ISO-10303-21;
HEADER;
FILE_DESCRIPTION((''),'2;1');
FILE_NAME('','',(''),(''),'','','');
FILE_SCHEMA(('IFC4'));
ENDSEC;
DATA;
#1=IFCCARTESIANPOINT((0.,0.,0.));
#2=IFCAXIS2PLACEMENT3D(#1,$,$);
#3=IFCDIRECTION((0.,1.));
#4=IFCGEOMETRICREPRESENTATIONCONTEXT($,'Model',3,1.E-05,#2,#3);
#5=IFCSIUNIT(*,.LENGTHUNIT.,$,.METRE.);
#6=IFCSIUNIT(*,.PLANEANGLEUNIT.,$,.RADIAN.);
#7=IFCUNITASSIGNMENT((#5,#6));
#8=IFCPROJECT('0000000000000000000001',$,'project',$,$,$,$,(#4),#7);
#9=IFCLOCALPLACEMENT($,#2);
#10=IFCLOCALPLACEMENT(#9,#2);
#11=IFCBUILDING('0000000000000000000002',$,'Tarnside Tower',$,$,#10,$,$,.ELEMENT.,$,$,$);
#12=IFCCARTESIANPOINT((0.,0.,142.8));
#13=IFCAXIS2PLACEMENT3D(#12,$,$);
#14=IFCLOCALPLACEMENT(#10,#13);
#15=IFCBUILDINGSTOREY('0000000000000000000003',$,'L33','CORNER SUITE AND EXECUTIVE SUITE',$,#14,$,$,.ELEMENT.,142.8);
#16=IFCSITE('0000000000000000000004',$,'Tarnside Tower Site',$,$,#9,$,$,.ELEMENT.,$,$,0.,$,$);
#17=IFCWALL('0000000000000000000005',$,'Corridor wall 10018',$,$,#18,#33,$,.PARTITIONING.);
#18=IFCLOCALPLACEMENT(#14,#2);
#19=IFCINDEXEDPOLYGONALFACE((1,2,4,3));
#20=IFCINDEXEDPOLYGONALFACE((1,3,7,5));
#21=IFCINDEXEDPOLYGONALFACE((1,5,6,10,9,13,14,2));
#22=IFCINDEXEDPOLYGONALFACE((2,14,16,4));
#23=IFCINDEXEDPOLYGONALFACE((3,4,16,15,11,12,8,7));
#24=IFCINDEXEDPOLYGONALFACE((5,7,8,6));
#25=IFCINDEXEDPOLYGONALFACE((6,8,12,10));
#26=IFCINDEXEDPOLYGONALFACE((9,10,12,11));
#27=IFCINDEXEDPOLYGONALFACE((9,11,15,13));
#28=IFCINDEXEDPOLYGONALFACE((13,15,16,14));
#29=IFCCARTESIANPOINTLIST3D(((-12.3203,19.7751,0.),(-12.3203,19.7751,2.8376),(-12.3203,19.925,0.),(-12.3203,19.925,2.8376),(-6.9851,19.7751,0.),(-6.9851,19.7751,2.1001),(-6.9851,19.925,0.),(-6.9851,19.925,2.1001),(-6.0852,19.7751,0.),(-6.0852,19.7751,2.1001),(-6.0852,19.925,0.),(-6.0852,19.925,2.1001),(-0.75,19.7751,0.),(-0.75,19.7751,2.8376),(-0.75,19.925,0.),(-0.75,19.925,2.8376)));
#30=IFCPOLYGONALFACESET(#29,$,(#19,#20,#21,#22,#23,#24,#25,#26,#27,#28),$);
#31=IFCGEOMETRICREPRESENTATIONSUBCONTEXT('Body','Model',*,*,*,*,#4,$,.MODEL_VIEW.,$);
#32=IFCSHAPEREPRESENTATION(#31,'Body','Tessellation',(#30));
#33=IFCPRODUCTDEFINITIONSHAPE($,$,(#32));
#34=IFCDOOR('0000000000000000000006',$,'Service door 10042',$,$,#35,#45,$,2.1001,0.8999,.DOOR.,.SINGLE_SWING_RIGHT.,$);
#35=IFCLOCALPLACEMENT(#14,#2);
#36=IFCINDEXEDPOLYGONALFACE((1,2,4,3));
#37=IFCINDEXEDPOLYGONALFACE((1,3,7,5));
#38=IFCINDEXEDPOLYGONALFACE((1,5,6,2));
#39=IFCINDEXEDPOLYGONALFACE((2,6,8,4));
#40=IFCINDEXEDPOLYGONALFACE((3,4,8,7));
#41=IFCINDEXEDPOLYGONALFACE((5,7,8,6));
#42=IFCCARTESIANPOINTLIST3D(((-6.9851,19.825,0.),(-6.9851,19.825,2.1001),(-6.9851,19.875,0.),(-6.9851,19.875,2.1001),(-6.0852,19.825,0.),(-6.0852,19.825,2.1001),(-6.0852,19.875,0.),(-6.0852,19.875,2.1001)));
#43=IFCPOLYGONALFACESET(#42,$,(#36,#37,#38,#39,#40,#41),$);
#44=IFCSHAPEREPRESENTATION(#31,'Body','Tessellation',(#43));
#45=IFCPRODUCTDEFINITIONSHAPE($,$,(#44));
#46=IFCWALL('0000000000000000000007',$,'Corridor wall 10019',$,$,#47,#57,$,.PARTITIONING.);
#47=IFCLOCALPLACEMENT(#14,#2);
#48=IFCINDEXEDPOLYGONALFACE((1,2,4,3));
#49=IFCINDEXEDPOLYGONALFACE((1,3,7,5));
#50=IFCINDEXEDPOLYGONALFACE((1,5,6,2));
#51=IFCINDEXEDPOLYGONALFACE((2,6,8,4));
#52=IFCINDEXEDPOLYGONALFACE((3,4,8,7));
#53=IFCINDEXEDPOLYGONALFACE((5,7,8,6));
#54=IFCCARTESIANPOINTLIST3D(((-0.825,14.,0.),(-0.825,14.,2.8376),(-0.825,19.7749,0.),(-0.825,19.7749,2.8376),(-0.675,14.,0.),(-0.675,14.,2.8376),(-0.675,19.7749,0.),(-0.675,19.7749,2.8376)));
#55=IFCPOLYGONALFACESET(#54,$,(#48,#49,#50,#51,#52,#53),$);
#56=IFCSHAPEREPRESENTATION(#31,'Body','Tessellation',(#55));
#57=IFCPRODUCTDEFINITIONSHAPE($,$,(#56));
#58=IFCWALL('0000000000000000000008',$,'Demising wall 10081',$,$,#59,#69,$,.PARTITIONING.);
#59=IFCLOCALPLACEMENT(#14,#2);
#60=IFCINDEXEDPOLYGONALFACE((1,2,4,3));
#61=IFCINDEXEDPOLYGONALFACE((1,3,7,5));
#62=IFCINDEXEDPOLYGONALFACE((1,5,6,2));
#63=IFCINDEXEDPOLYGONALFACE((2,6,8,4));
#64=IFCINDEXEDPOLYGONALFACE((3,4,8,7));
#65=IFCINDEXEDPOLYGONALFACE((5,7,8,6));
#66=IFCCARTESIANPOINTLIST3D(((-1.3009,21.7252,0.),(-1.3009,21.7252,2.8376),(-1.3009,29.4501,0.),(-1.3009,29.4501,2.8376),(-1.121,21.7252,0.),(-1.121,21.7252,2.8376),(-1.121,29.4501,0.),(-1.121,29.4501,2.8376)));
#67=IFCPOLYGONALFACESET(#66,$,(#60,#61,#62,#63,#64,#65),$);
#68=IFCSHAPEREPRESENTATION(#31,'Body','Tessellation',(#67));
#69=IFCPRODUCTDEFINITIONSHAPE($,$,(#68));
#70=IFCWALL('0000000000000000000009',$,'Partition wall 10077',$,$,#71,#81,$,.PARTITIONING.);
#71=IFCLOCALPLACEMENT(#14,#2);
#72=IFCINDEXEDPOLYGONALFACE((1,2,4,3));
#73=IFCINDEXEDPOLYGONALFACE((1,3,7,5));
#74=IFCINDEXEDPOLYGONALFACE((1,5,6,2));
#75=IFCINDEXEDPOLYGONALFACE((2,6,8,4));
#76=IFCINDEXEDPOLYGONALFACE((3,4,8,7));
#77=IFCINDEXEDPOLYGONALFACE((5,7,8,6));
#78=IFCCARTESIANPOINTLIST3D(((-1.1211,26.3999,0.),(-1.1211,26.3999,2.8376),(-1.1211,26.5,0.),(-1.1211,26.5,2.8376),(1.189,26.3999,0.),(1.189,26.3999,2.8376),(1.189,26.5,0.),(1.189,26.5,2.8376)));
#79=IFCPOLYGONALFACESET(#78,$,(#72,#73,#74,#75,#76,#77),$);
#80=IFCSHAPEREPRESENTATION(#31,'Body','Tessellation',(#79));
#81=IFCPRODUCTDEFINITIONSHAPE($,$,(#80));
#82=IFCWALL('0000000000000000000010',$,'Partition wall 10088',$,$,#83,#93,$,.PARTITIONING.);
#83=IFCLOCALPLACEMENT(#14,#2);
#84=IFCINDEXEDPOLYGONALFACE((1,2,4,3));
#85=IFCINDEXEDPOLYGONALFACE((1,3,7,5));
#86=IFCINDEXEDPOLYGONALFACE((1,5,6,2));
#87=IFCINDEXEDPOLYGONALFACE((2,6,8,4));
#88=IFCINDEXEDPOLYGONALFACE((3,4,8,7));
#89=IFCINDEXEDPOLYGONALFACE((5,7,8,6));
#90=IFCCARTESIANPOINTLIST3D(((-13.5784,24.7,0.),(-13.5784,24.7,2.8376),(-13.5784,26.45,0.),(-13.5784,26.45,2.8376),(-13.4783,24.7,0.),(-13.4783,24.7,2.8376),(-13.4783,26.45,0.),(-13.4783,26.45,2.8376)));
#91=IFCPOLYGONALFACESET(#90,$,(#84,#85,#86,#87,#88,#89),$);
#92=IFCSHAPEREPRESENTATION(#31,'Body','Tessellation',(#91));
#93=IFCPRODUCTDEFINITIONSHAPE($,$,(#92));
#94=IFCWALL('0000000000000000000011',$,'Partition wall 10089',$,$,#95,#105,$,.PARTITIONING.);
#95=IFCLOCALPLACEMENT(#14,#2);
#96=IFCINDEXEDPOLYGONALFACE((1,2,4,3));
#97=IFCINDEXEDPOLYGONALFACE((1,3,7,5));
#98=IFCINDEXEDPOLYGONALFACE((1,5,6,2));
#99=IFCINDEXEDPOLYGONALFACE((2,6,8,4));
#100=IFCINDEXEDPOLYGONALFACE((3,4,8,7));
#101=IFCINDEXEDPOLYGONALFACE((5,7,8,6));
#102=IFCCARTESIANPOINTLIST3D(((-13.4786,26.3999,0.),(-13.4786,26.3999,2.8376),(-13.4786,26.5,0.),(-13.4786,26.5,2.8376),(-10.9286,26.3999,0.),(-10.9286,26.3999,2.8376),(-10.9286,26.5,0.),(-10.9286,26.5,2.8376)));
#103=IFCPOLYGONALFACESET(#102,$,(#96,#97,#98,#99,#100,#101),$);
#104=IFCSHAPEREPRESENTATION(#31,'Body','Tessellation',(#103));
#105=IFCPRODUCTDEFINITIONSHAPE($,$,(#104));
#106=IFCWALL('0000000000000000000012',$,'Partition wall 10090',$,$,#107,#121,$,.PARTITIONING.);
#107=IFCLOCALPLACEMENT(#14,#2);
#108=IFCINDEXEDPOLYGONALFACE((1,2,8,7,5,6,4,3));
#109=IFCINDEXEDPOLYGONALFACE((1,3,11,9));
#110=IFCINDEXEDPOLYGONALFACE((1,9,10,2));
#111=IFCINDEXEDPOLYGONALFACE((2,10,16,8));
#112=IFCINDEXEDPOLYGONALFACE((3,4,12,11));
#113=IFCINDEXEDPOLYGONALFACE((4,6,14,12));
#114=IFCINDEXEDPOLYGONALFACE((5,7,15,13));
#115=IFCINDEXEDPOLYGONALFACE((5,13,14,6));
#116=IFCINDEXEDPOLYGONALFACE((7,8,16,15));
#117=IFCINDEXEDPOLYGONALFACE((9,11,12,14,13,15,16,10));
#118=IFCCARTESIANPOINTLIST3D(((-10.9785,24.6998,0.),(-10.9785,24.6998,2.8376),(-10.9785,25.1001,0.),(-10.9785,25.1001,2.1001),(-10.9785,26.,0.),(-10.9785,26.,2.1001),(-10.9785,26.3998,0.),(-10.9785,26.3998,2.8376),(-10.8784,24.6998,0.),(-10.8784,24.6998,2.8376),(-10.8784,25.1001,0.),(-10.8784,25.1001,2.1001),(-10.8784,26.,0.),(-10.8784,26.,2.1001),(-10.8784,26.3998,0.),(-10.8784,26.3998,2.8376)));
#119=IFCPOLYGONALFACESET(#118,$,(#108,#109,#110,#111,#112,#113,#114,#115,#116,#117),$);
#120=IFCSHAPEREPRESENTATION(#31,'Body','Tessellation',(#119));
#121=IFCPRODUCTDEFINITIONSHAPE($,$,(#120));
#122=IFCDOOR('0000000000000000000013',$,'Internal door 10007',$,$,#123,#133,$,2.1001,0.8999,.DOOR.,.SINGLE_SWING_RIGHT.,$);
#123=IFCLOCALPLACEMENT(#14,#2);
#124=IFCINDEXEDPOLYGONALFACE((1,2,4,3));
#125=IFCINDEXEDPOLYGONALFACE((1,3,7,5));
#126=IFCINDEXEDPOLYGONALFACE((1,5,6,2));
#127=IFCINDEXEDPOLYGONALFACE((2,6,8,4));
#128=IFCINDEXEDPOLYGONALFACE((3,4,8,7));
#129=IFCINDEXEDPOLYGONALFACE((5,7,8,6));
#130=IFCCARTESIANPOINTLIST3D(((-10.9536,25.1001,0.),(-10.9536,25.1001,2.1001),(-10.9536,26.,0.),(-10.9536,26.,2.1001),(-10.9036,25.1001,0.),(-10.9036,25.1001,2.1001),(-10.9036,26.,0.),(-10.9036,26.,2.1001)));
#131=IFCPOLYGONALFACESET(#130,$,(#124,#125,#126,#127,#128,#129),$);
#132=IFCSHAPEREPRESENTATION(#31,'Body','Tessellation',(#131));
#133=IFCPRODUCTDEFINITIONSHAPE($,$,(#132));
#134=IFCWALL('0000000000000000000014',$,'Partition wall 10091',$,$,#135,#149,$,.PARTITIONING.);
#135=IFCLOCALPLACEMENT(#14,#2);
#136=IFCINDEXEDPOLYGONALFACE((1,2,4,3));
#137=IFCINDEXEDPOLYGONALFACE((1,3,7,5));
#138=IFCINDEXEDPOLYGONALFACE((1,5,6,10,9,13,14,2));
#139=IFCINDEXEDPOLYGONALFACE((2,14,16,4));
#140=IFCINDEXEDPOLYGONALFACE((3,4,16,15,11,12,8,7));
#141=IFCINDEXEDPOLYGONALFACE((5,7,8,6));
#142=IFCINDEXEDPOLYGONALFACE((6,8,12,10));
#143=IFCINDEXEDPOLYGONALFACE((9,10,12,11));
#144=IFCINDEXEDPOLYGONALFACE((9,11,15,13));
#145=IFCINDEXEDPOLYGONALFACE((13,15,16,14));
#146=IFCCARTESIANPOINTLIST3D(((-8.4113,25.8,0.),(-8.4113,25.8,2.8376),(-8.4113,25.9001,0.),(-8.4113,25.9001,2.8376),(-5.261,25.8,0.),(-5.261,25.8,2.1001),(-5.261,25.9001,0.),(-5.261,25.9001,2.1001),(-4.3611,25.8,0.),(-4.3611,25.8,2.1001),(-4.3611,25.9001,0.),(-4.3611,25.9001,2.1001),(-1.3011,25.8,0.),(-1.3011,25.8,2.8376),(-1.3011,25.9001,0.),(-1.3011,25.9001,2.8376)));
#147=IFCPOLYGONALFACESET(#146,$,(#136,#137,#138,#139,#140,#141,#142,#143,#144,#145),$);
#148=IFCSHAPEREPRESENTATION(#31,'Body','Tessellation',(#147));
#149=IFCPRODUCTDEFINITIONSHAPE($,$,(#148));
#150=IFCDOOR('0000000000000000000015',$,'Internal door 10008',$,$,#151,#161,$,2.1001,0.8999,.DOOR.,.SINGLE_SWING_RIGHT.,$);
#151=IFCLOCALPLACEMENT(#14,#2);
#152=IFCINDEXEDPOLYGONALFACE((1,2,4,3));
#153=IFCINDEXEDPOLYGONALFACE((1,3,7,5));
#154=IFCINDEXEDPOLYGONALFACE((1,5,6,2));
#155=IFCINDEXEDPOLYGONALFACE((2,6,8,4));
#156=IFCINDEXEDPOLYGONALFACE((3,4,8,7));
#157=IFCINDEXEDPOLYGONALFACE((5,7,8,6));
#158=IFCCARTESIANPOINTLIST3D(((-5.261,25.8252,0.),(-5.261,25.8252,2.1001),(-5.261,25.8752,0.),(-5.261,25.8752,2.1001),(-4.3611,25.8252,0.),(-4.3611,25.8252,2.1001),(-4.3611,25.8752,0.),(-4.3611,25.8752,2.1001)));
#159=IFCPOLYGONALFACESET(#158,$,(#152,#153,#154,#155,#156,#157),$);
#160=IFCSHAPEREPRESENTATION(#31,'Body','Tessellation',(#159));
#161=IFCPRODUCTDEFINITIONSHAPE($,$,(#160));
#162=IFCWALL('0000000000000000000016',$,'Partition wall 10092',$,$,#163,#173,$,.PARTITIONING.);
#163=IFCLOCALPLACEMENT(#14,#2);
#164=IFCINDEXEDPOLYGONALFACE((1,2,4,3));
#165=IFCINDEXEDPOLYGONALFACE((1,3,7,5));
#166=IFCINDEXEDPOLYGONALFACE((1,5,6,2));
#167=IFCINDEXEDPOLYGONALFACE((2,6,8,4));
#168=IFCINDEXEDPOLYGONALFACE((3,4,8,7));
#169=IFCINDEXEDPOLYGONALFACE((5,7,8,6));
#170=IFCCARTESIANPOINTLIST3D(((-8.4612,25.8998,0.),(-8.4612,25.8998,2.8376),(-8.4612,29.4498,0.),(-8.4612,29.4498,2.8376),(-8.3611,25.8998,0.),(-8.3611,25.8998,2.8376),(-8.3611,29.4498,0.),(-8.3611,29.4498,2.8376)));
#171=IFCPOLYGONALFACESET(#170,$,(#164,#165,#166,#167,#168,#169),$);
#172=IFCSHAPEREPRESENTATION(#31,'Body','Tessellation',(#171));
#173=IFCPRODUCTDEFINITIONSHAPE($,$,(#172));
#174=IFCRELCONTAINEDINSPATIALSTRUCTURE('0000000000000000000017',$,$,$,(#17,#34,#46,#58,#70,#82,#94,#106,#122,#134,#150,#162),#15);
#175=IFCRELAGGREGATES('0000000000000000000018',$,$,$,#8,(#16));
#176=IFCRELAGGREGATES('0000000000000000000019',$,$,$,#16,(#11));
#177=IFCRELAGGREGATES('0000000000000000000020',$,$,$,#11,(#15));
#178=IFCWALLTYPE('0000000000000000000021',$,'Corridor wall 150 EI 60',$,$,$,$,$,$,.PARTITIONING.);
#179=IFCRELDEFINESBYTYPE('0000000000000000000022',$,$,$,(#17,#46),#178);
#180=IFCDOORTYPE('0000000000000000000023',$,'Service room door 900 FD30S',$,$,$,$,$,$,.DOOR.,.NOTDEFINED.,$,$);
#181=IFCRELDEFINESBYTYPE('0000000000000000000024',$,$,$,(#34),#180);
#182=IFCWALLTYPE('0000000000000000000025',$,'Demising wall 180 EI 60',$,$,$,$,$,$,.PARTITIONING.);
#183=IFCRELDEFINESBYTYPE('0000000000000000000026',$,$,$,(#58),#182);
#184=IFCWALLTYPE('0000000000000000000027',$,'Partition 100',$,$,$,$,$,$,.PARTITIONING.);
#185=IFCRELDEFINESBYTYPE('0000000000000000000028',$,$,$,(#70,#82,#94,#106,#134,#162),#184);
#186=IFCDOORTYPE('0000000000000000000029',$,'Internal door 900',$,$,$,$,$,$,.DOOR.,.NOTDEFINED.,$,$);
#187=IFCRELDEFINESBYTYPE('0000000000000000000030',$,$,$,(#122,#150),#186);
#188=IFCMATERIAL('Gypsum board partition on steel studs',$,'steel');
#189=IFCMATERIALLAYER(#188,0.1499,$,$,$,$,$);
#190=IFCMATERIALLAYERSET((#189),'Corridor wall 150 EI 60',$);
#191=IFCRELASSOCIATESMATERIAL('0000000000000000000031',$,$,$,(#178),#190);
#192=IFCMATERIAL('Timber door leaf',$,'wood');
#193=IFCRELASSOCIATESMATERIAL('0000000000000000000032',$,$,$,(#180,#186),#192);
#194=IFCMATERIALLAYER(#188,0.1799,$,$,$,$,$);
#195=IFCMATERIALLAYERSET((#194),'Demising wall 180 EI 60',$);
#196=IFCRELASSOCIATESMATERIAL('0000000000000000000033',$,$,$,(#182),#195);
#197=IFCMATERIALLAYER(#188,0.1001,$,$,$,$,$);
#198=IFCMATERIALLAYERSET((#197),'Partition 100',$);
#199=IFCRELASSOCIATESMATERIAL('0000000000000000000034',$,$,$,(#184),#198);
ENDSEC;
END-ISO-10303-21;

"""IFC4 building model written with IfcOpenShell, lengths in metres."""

from ifc_helpers import new_model, si_unit, direction, frame, frame_2d, origin, place, context, subcontext, project, spatial, rectangle, extrude, material, layer, layer_set, type_object, element, fill, save


model = new_model("IFC4")

# Units and contexts
model_context = context("Model", 3, precision=1e-05, world=origin(), true_north=direction((0.0, 1.0)))
body_context = subcontext(model_context, "Body", "Model", "MODEL_VIEW")
ifc_project = project(units=[si_unit("LENGTHUNIT", "METRE"), si_unit("PLANEANGLEUNIT", "RADIAN")], contexts=[model_context])

# Site, building, storey
site_placement = place(None, origin())
site = spatial("IfcSite", under=ifc_project, at=site_placement, Name="Tarnside Tower Site", CompositionType="ELEMENT", RefElevation=0.0)
building_placement = place(site_placement, origin())
building = spatial("IfcBuilding", under=site, at=building_placement, Name="Tarnside Tower", CompositionType="ELEMENT")
storey_placement = place(building_placement, frame((0.0, 0.0, 142.8)))
storey = spatial("IfcBuildingStorey", under=building, at=storey_placement, Name="L33", Description="CORNER SUITE AND EXECUTIVE SUITE", CompositionType="ELEMENT", Elevation=142.8)

# Shared definitions
ifc_material_1 = material(Name="Gypsum board partition on steel studs", Category="steel")

# Shared definitions
ifc_material_2 = material(Name="Timber door leaf", Category="wood")

# Shared definitions
ifc_layer_1 = layer(ifc_material_1, 0.1499)
ifc_layer_set_1 = layer_set([ifc_layer_1], Name="Corridor wall 150 EI 60")
wall_type_1 = type_object("IfcWallType", Name="Corridor wall 150 EI 60", PredefinedType="PARTITIONING", material=ifc_layer_set_1)

# Wall, opening, door
wall_1_placement = place(storey_placement, frame((-12.3203, 19.8501, 0.0), z_axis=(0.0, 0.0, 1.0), x_axis=(1.0, 0.0, 0.0)))
wall_1 = element("IfcWall", 1, at=wall_1_placement, inside=storey, type_object=wall_type_1, Name="Corridor wall 10018", PredefinedType="PARTITIONING", context=body_context, shape_type="SweptSolid", body=[
    extrude(rectangle(XDim=11.5703, YDim=0.1499, at=frame_2d((5.7852, 0.0))), origin(), (0.0, 0.0, 1.0), 2.8376),
])
opening_1_placement = place(wall_1_placement, frame((5.3352, 0.0, 0.0)))
opening_1 = element("IfcOpeningElement", 2, at=opening_1_placement, cuts=wall_1, PredefinedType="OPENING", context=body_context, shape_type="SweptSolid", body=[
    extrude(rectangle(XDim=0.8999, YDim=2.1001, at=frame_2d((0.45, 1.05))), frame((0.0, 0.085, 0.0), z_axis=(0.0, -1.0, 0.0), x_axis=(1.0, 0.0, 0.0)), (0.0, 0.0, 1.0), 0.1699),
])
door_type_1 = type_object("IfcDoorType", Name="Service room door 900 FD30S", OperationType="NOTDEFINED", PredefinedType="DOOR", material=ifc_material_2)
door_1_placement = place(opening_1_placement, origin())
door_1 = element("IfcDoor", 3, at=door_1_placement, inside=storey, type_object=door_type_1, Name="Service door 10042", OperationType="SINGLE_SWING_RIGHT", OverallHeight=2.1001, OverallWidth=0.8999, PredefinedType="DOOR", context=body_context, shape_type="SweptSolid", body=[
    extrude(rectangle(XDim=0.8999, YDim=2.1001, at=frame_2d((0.45, 1.05))), frame((0.0, 0.0249, 0.0), z_axis=(0.0, -1.0, 0.0), x_axis=(1.0, 0.0, 0.0)), (0.0, 0.0, 1.0), 0.05),
])
fill(opening_1, door_1)

# Walls
wall_2_placement = place(storey_placement, frame((-0.75, 19.7749, 0.0), z_axis=(0.0, 0.0, 1.0), x_axis=(0.0, -1.0, 0.0)))
element("IfcWall", 4, at=wall_2_placement, inside=storey, type_object=wall_type_1, Name="Corridor wall 10019", PredefinedType="PARTITIONING", context=body_context, shape_type="SweptSolid", body=[
    extrude(rectangle(XDim=5.7749, YDim=0.1499, at=frame_2d((2.8875, 0.0))), origin(), (0.0, 0.0, 1.0), 2.8376),
])
ifc_layer_2 = layer(ifc_material_1, 0.1799)
ifc_layer_set_2 = layer_set([ifc_layer_2], Name="Demising wall 180 EI 60")
wall_type_2 = type_object("IfcWallType", Name="Demising wall 180 EI 60", PredefinedType="PARTITIONING", material=ifc_layer_set_2)
wall_3_placement = place(storey_placement, frame((-1.2109, 29.45, 0.0), z_axis=(0.0, 0.0, 1.0), x_axis=(0.0, -1.0, 0.0)))
element("IfcWall", 5, at=wall_3_placement, inside=storey, type_object=wall_type_2, Name="Demising wall 10081", PredefinedType="PARTITIONING", context=body_context, shape_type="SweptSolid", body=[
    extrude(rectangle(XDim=7.7249, YDim=0.1799, at=frame_2d((3.8623, 0.0))), origin(), (0.0, 0.0, 1.0), 2.8376),
])
ifc_layer_3 = layer(ifc_material_1, 0.1001)
ifc_layer_set_3 = layer_set([ifc_layer_3], Name="Partition 100")
wall_type_3 = type_object("IfcWallType", Name="Partition 100", PredefinedType="PARTITIONING", material=ifc_layer_set_3)
wall_4_placement = place(storey_placement, frame((-1.1211, 26.45, 0.0), z_axis=(0.0, 0.0, 1.0), x_axis=(1.0, 0.0, 0.0)))
element("IfcWall", 6, at=wall_4_placement, inside=storey, type_object=wall_type_3, Name="Partition wall 10077", PredefinedType="PARTITIONING", context=body_context, shape_type="SweptSolid", body=[
    extrude(rectangle(XDim=2.3101, YDim=0.1001, at=frame_2d((1.155, 0.0))), origin(), (0.0, 0.0, 1.0), 2.8376),
])
wall_5_placement = place(storey_placement, frame((-13.5283, 24.7, 0.0), z_axis=(0.0, 0.0, 1.0), x_axis=(0.0, 1.0, 0.0)))
element("IfcWall", 7, at=wall_5_placement, inside=storey, type_object=wall_type_3, Name="Partition wall 10088", PredefinedType="PARTITIONING", context=body_context, shape_type="SweptSolid", body=[
    extrude(rectangle(XDim=1.75, YDim=0.1001, at=frame_2d((0.875, 0.0))), origin(), (0.0, 0.0, 1.0), 2.8376),
])
wall_6_placement = place(storey_placement, frame((-13.4785, 26.45, 0.0), z_axis=(0.0, 0.0, 1.0), x_axis=(1.0, 0.0, 0.0)))
element("IfcWall", 8, at=wall_6_placement, inside=storey, type_object=wall_type_3, Name="Partition wall 10089", PredefinedType="PARTITIONING", context=body_context, shape_type="SweptSolid", body=[
    extrude(rectangle(XDim=2.55, YDim=0.1001, at=frame_2d((1.2749, 0.0))), origin(), (0.0, 0.0, 1.0), 2.8376),
])

# Walls, openings, doors
wall_7_placement = place(storey_placement, frame((-10.9285, 26.3999, 0.0), z_axis=(0.0, 0.0, 1.0), x_axis=(0.0, -1.0, 0.0)))
wall_7 = element("IfcWall", 9, at=wall_7_placement, inside=storey, type_object=wall_type_3, Name="Partition wall 10090", PredefinedType="PARTITIONING", context=body_context, shape_type="SweptSolid", body=[
    extrude(rectangle(XDim=1.7, YDim=0.1001, at=frame_2d((0.8501, 0.0))), origin(), (0.0, 0.0, 1.0), 2.8376),
])
opening_2_placement = place(wall_7_placement, frame((0.3999, 0.0, 0.0)))
opening_2 = element("IfcOpeningElement", 10, at=opening_2_placement, cuts=wall_7, PredefinedType="OPENING", context=body_context, shape_type="SweptSolid", body=[
    extrude(rectangle(XDim=0.8999, YDim=2.1001, at=frame_2d((0.45, 1.05))), frame((0.0, 0.0601, 0.0), z_axis=(0.0, -1.0, 0.0), x_axis=(1.0, 0.0, 0.0)), (0.0, 0.0, 1.0), 0.1201),
])
door_type_2 = type_object("IfcDoorType", Name="Internal door 900", OperationType="NOTDEFINED", PredefinedType="DOOR", material=ifc_material_2)
door_2_placement = place(opening_2_placement, origin())
door_2 = element("IfcDoor", 11, at=door_2_placement, inside=storey, type_object=door_type_2, Name="Internal door 10007", OperationType="SINGLE_SWING_RIGHT", OverallHeight=2.1001, OverallWidth=0.8999, PredefinedType="DOOR", context=body_context, shape_type="SweptSolid", body=[
    extrude(rectangle(XDim=0.8999, YDim=2.1001, at=frame_2d((0.45, 1.05))), frame((0.0, 0.0249, 0.0), z_axis=(0.0, -1.0, 0.0), x_axis=(1.0, 0.0, 0.0)), (0.0, 0.0, 1.0), 0.05),
])
fill(opening_2, door_2)
wall_8_placement = place(storey_placement, frame((-1.301, 25.8501, 0.0), z_axis=(0.0, 0.0, 1.0), x_axis=(-1.0, 0.0, 0.0)))
wall_8 = element("IfcWall", 12, at=wall_8_placement, inside=storey, type_object=wall_type_3, Name="Partition wall 10091", PredefinedType="PARTITIONING", context=body_context, shape_type="SweptSolid", body=[
    extrude(rectangle(XDim=7.1101, YDim=0.1001, at=frame_2d((3.5552, 0.0))), origin(), (0.0, 0.0, 1.0), 2.8376),
])
opening_3_placement = place(wall_8_placement, frame((3.0601, 0.0, 0.0)))
opening_3 = element("IfcOpeningElement", 13, at=opening_3_placement, cuts=wall_8, PredefinedType="OPENING", context=body_context, shape_type="SweptSolid", body=[
    extrude(rectangle(XDim=0.8999, YDim=2.1001, at=frame_2d((0.45, 1.05))), frame((0.0, 0.0601, 0.0), z_axis=(0.0, -1.0, 0.0), x_axis=(1.0, 0.0, 0.0)), (0.0, 0.0, 1.0), 0.1201),
])
door_3_placement = place(opening_3_placement, origin())
door_3 = element("IfcDoor", 14, at=door_3_placement, inside=storey, type_object=door_type_2, Name="Internal door 10008", OperationType="SINGLE_SWING_RIGHT", OverallHeight=2.1001, OverallWidth=0.8999, PredefinedType="DOOR", context=body_context, shape_type="SweptSolid", body=[
    extrude(rectangle(XDim=0.8999, YDim=2.1001, at=frame_2d((0.45, 1.05))), frame((0.0, 0.0249, 0.0), z_axis=(0.0, -1.0, 0.0), x_axis=(1.0, 0.0, 0.0)), (0.0, 0.0, 1.0), 0.05),
])
fill(opening_3, door_3)

# Wall
wall_9_placement = place(storey_placement, frame((-8.4111, 25.8999, 0.0), z_axis=(0.0, 0.0, 1.0), x_axis=(0.0, 1.0, 0.0)))
element("IfcWall", 15, at=wall_9_placement, inside=storey, type_object=wall_type_3, Name="Partition wall 10092", PredefinedType="PARTITIONING", context=body_context, shape_type="SweptSolid", body=[
    extrude(rectangle(XDim=3.55, YDim=0.1001, at=frame_2d((1.7749, 0.0))), origin(), (0.0, 0.0, 1.0), 2.8376),
])

save(model, "model.ifc")
